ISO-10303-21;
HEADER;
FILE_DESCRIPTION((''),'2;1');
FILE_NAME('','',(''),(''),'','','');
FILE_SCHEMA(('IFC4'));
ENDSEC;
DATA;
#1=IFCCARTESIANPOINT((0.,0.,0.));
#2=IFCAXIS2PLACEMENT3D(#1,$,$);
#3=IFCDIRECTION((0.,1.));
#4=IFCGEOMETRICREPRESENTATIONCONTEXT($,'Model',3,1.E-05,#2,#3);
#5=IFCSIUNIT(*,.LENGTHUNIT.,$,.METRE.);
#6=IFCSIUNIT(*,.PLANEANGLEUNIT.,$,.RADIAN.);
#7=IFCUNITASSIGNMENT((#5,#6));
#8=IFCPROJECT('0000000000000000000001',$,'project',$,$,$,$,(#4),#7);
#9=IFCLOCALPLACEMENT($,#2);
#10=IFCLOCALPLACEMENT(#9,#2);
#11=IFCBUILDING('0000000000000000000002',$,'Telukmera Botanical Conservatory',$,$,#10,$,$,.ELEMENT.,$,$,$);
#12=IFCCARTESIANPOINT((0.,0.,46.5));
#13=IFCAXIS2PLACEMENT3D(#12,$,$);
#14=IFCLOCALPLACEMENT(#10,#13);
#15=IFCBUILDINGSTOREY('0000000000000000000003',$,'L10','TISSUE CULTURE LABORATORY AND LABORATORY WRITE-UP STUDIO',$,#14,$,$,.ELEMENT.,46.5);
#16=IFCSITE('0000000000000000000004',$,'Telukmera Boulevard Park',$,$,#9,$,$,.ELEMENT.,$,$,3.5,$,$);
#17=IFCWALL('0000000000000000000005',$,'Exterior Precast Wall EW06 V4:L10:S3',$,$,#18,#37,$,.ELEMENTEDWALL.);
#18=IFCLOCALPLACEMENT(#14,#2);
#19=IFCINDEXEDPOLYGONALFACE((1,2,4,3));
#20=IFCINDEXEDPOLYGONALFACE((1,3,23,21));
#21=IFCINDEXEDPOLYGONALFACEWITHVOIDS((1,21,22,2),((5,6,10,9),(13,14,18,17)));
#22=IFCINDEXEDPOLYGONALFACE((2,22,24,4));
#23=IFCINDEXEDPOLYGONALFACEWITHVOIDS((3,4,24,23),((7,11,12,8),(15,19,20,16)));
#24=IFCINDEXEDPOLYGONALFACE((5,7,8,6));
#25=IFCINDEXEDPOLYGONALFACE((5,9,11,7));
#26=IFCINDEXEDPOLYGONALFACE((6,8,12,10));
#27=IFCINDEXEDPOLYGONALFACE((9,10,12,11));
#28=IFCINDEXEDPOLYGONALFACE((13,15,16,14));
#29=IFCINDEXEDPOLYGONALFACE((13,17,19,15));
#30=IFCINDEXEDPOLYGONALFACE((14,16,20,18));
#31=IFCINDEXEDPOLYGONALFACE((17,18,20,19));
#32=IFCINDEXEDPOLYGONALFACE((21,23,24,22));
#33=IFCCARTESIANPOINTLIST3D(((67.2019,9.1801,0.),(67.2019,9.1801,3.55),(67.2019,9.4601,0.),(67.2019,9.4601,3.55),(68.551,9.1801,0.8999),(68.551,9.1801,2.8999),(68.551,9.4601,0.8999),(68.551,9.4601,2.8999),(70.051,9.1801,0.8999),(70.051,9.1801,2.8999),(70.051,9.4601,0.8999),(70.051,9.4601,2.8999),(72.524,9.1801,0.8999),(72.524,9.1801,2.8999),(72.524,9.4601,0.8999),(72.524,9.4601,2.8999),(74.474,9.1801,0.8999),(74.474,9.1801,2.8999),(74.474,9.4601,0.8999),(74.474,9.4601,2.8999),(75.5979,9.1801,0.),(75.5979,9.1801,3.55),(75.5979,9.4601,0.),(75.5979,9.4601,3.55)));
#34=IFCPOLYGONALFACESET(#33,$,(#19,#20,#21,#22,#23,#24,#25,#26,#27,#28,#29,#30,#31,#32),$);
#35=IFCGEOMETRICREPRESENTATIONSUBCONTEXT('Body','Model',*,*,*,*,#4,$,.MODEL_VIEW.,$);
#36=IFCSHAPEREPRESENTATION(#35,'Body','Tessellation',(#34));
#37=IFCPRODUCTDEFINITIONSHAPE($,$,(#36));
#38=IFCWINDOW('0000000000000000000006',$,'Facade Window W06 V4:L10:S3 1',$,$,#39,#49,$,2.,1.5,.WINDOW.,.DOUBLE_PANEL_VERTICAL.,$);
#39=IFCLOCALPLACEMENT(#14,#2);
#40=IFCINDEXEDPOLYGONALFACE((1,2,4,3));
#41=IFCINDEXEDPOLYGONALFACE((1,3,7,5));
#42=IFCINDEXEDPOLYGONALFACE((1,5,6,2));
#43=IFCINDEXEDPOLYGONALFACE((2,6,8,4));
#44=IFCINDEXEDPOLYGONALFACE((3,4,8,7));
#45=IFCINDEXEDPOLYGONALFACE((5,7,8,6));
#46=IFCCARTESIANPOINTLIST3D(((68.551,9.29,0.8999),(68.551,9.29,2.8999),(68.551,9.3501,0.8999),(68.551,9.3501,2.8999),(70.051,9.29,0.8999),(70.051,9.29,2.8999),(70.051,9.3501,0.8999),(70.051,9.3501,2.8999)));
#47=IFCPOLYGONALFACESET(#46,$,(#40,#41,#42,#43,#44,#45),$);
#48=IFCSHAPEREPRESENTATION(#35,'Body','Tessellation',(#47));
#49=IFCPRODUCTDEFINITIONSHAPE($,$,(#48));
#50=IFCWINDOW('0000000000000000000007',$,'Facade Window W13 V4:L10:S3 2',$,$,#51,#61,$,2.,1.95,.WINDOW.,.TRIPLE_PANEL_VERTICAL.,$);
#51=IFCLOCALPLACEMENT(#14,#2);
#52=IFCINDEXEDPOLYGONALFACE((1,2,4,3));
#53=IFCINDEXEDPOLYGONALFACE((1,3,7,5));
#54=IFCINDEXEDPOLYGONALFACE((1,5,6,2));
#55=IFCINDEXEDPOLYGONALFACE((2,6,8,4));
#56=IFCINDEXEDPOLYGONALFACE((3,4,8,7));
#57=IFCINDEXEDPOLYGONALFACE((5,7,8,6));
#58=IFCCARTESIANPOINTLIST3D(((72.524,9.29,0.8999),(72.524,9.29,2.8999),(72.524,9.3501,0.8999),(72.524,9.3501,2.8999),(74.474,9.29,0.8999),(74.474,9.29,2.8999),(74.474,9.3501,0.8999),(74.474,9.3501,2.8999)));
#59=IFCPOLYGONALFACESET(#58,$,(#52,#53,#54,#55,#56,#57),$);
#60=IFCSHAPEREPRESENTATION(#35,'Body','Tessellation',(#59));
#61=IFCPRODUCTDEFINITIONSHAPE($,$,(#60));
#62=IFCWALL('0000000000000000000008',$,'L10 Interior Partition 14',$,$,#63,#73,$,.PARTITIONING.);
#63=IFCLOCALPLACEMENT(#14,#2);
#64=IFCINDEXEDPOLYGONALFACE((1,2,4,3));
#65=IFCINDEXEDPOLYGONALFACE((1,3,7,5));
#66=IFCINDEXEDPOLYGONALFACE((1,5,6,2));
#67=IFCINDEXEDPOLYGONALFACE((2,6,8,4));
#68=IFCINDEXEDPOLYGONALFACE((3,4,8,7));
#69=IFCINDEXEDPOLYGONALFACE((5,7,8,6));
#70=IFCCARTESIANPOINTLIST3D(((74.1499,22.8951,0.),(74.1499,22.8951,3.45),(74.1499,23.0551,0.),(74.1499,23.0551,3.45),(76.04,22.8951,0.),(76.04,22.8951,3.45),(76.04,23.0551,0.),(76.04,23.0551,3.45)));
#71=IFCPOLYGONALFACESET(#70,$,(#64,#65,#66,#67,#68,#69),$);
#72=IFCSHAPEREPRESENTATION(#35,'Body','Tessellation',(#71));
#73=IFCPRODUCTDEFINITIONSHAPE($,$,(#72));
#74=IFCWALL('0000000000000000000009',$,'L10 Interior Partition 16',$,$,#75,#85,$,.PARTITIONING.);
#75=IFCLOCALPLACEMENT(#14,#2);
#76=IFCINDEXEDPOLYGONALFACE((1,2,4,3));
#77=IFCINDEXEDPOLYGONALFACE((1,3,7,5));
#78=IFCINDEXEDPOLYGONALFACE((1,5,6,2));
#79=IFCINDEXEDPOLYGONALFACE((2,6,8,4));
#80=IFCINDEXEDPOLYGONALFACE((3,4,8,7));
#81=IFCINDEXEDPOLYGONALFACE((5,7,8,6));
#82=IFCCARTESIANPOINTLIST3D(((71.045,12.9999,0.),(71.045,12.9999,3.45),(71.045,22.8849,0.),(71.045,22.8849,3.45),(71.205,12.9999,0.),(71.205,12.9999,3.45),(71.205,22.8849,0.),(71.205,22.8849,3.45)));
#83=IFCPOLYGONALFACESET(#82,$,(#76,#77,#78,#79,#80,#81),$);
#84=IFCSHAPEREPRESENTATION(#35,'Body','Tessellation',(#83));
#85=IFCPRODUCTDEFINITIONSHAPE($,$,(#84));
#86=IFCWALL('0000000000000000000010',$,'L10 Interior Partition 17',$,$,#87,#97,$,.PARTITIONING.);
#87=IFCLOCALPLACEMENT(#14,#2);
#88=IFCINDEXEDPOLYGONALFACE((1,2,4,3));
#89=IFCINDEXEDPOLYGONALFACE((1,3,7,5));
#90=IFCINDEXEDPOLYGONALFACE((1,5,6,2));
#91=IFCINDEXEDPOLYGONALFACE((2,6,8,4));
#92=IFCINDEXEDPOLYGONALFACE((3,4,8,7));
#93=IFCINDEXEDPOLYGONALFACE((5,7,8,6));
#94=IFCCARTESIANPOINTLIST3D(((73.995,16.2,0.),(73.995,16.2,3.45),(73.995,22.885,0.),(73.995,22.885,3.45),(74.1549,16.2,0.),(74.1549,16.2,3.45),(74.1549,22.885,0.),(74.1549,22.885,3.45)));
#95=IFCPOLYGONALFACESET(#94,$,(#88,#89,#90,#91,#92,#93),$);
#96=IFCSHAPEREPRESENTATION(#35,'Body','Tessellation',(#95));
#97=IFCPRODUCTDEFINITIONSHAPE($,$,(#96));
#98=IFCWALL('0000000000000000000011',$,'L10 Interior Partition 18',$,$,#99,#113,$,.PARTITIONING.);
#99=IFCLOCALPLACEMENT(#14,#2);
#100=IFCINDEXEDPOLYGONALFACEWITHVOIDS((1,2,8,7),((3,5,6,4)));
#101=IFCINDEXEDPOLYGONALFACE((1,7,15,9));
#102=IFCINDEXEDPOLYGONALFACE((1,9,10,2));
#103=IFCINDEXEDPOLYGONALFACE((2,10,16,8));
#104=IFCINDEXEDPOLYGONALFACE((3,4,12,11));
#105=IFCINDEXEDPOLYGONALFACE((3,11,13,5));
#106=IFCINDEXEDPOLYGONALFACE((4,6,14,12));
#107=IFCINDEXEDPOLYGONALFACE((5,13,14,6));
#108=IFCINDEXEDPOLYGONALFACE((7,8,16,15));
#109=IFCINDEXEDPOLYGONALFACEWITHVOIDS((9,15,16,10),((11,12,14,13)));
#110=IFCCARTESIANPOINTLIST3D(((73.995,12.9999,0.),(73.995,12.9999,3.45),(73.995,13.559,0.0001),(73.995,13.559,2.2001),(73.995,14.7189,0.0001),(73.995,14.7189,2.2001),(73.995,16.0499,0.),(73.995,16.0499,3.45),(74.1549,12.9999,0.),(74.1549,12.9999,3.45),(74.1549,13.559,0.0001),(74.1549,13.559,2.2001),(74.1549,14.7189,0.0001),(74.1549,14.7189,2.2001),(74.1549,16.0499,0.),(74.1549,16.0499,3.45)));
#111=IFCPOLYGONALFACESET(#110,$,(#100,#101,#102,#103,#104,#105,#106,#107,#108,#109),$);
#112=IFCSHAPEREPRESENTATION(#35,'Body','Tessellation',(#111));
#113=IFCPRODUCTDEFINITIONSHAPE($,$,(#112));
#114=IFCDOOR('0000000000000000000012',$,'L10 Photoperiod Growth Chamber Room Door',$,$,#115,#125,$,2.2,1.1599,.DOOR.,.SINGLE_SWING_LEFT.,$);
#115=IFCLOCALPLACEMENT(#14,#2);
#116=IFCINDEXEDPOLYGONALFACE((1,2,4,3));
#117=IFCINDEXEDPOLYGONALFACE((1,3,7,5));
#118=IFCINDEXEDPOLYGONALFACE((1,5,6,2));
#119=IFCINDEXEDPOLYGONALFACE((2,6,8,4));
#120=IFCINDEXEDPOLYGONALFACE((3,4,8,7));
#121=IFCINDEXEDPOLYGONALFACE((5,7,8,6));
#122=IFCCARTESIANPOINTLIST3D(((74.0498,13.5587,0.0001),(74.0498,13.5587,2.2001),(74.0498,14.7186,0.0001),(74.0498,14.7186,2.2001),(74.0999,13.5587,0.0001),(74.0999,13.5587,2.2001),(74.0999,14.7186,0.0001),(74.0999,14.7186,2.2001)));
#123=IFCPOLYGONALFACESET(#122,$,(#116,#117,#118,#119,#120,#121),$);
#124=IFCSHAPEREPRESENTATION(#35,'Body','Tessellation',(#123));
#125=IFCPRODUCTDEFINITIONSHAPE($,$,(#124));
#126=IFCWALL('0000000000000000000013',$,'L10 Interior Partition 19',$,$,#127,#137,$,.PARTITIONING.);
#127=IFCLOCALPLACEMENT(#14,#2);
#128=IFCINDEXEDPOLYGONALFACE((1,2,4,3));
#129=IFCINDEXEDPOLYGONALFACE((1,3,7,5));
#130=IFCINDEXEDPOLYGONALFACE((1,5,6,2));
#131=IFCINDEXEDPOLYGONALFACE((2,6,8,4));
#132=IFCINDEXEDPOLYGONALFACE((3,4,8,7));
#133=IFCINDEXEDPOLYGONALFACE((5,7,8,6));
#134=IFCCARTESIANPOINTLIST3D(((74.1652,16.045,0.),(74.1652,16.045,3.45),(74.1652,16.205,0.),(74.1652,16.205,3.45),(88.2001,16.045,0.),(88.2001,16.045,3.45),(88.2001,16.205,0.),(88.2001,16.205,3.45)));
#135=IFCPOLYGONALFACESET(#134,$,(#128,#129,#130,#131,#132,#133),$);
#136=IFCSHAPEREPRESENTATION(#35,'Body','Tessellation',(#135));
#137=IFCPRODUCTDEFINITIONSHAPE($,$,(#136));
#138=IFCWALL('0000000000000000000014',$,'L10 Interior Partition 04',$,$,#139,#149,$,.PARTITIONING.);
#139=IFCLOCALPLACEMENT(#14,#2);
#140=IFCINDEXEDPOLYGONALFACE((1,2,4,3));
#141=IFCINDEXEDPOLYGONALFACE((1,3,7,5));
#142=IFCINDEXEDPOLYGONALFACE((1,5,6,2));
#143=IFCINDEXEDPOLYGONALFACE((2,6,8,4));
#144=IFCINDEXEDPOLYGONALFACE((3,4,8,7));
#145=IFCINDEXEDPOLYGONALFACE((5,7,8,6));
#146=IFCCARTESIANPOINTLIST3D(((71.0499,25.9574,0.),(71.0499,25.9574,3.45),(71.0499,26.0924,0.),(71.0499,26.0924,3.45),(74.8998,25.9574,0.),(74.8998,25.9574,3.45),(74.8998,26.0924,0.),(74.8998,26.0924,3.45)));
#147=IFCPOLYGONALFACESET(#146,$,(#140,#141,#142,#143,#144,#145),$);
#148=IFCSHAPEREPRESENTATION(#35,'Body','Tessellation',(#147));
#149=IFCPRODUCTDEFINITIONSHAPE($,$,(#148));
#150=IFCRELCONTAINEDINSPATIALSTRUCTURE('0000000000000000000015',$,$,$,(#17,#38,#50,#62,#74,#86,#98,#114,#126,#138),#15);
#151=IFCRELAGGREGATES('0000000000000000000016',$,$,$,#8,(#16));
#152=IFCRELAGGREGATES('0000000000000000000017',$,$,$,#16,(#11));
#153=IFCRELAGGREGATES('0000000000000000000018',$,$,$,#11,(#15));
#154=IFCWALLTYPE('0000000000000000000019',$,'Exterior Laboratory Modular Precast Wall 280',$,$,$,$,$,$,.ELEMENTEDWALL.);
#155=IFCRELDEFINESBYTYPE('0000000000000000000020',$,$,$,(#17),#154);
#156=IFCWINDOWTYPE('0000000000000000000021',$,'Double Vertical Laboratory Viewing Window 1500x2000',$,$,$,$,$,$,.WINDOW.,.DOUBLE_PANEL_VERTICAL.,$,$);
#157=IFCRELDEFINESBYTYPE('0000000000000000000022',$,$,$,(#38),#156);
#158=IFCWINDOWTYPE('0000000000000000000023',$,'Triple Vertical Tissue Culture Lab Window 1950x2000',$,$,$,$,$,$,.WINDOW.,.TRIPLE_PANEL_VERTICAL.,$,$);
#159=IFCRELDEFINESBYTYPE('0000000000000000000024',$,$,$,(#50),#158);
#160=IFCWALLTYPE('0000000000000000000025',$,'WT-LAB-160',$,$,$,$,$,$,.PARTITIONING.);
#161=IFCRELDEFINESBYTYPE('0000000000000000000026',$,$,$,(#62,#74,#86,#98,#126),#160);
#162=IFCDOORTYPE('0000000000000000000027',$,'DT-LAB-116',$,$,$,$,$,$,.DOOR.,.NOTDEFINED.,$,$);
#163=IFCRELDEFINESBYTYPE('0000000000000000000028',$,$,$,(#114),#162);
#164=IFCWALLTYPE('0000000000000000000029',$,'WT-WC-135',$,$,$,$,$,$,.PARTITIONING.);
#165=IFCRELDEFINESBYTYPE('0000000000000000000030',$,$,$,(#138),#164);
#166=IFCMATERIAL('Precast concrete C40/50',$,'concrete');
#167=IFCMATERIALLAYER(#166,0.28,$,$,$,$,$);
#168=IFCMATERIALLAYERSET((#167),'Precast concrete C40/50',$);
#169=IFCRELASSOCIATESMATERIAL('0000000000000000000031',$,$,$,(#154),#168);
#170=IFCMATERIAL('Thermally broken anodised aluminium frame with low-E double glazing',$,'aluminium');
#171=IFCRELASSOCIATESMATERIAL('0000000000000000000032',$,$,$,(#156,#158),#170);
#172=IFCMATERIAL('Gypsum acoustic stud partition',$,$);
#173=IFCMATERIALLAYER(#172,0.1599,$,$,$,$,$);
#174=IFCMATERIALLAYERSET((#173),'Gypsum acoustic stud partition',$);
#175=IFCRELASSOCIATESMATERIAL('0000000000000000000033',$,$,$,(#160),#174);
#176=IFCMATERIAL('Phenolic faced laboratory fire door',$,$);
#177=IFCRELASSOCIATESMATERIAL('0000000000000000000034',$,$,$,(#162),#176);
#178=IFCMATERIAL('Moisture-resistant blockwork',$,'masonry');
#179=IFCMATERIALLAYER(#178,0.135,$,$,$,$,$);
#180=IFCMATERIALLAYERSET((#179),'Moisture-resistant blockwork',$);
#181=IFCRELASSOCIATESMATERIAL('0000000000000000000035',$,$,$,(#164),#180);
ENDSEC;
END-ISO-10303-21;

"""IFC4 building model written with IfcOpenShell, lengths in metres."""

from ifc_helpers import new_model, si_unit, direction, frame, frame_2d, origin, place, context, subcontext, project, spatial, rectangle, extrude, material, layer, layer_set, type_object, element, fill, save


model = new_model("IFC4")

# Units and contexts
model_context = context("Model", 3, precision=1e-05, world=origin(), true_north=direction((0.0, 1.0)))
body_context = subcontext(model_context, "Body", "Model", "MODEL_VIEW")
ifc_project = project(units=[si_unit("LENGTHUNIT", "METRE"), si_unit("PLANEANGLEUNIT", "RADIAN")], contexts=[model_context])

# Site, building, storey
site_placement = place(None, origin())
site = spatial("IfcSite", under=ifc_project, at=site_placement, Name="Telukmera Boulevard Park", CompositionType="ELEMENT", RefElevation=3.5)
building_placement = place(site_placement, origin())
building = spatial("IfcBuilding", under=site, at=building_placement, Name="Telukmera Botanical Conservatory", CompositionType="ELEMENT")
storey_placement = place(building_placement, frame((0.0, 0.0, 46.5)))
storey = spatial("IfcBuildingStorey", under=building, at=storey_placement, Name="L10", Description="TISSUE CULTURE LABORATORY AND LABORATORY WRITE-UP STUDIO", CompositionType="ELEMENT", Elevation=46.5)

# Shared definitions
ifc_material_1 = material(Name="Precast concrete C40/50", Category="concrete")

# Wall, openings, windows
ifc_layer_1 = layer(ifc_material_1, 0.28)
ifc_layer_set_1 = layer_set([ifc_layer_1], Name="Precast concrete C40/50")
wall_type_1 = type_object("IfcWallType", Name="Exterior Laboratory Modular Precast Wall 280", PredefinedType="ELEMENTEDWALL", material=ifc_layer_set_1)
wall_1_placement = place(storey_placement, frame((67.2019, 9.3201, 0.0), z_axis=(0.0, 0.0, 1.0), x_axis=(1.0, 0.0, 0.0)))
wall_1 = element("IfcWall", 1, at=wall_1_placement, inside=storey, type_object=wall_type_1, Name="Exterior Precast Wall EW06 V4:L10:S3", PredefinedType="ELEMENTEDWALL", context=body_context, shape_type="SweptSolid", body=[
    extrude(rectangle(XDim=8.396, YDim=0.28, at=frame_2d((4.198, 0.0))), origin(), (0.0, 0.0, 1.0), 3.55),
])
opening_1_placement = place(wall_1_placement, frame((1.3491, 0.0, 0.8999)))
opening_1 = element("IfcOpeningElement", 2, at=opening_1_placement, cuts=wall_1, PredefinedType="OPENING", context=body_context, shape_type="SweptSolid", body=[
    extrude(rectangle(XDim=1.5, YDim=2.0, at=frame_2d((0.75, 1.0))), frame((0.0, 0.1499, 0.0), z_axis=(0.0, -1.0, 0.0), x_axis=(1.0, 0.0, 0.0)), (0.0, 0.0, 1.0), 0.3),
])
opening_2_placement = place(wall_1_placement, frame((5.322, 0.0, 0.8999)))
opening_2 = element("IfcOpeningElement", 3, at=opening_2_placement, cuts=wall_1, PredefinedType="OPENING", context=body_context, shape_type="SweptSolid", body=[
    extrude(rectangle(XDim=1.95, YDim=2.0, at=frame_2d((0.9751, 1.0))), frame((0.0, 0.1499, 0.0), z_axis=(0.0, -1.0, 0.0), x_axis=(1.0, 0.0, 0.0)), (0.0, 0.0, 1.0), 0.3),
])
ifc_material_2 = material(Name="Thermally broken anodised aluminium frame with low-E double glazing", Category="aluminium")
window_type_1 = type_object("IfcWindowType", Name="Double Vertical Laboratory Viewing Window 1500x2000", PartitioningType="DOUBLE_PANEL_VERTICAL", PredefinedType="WINDOW", material=ifc_material_2)
window_1_placement = place(opening_1_placement, origin())
window_1 = element("IfcWindow", 4, at=window_1_placement, inside=storey, type_object=window_type_1, Name="Facade Window W06 V4:L10:S3 1", OverallHeight=2.0, OverallWidth=1.5, PartitioningType="DOUBLE_PANEL_VERTICAL", PredefinedType="WINDOW", context=body_context, shape_type="SweptSolid", body=[
    extrude(rectangle(XDim=1.5, YDim=2.0, at=frame_2d((0.75, 1.0))), frame((0.0, 0.03, 0.0), z_axis=(0.0, -1.0, 0.0), x_axis=(1.0, 0.0, 0.0)), (0.0, 0.0, 1.0), 0.0601),
])
fill(opening_1, window_1)
window_type_2 = type_object("IfcWindowType", Name="Triple Vertical Tissue Culture Lab Window 1950x2000", PartitioningType="TRIPLE_PANEL_VERTICAL", PredefinedType="WINDOW", material=ifc_material_2)
window_2_placement = place(opening_2_placement, origin())
window_2 = element("IfcWindow", 5, at=window_2_placement, inside=storey, type_object=window_type_2, Name="Facade Window W13 V4:L10:S3 2", OverallHeight=2.0, OverallWidth=1.95, PartitioningType="TRIPLE_PANEL_VERTICAL", PredefinedType="WINDOW", context=body_context, shape_type="SweptSolid", body=[
    extrude(rectangle(XDim=1.95, YDim=2.0, at=frame_2d((0.9751, 1.0))), frame((0.0, 0.03, 0.0), z_axis=(0.0, -1.0, 0.0), x_axis=(1.0, 0.0, 0.0)), (0.0, 0.0, 1.0), 0.0601),
])
fill(opening_2, window_2)

# Walls
ifc_material_3 = material(Name="Gypsum acoustic stud partition")
ifc_layer_2 = layer(ifc_material_3, 0.1599)
ifc_layer_set_2 = layer_set([ifc_layer_2], Name="Gypsum acoustic stud partition")
wall_type_2 = type_object("IfcWallType", Name="WT-LAB-160", PredefinedType="PARTITIONING", material=ifc_layer_set_2)
wall_2_placement = place(storey_placement, frame((74.1499, 22.9751, 0.0), z_axis=(0.0, 0.0, 1.0), x_axis=(1.0, 0.0, 0.0)))
element("IfcWall", 6, at=wall_2_placement, inside=storey, type_object=wall_type_2, Name="L10 Interior Partition 14", PredefinedType="PARTITIONING", context=body_context, shape_type="SweptSolid", body=[
    extrude(rectangle(XDim=1.8901, YDim=0.1599, at=frame_2d((0.9451, 0.0))), origin(), (0.0, 0.0, 1.0), 3.45),
])
wall_3_placement = place(storey_placement, frame((71.125, 13.0, 0.0), z_axis=(0.0, 0.0, 1.0), x_axis=(0.0, 1.0, 0.0)))
element("IfcWall", 7, at=wall_3_placement, inside=storey, type_object=wall_type_2, Name="L10 Interior Partition 16", PredefinedType="PARTITIONING", context=body_context, shape_type="SweptSolid", body=[
    extrude(rectangle(XDim=9.885, YDim=0.1599, at=frame_2d((4.9424, 0.0))), origin(), (0.0, 0.0, 1.0), 3.45),
])
wall_4_placement = place(storey_placement, frame((74.075, 16.2, 0.0), z_axis=(0.0, 0.0, 1.0), x_axis=(0.0, 1.0, 0.0)))
element("IfcWall", 8, at=wall_4_placement, inside=storey, type_object=wall_type_2, Name="L10 Interior Partition 17", PredefinedType="PARTITIONING", context=body_context, shape_type="SweptSolid", body=[
    extrude(rectangle(XDim=6.6851, YDim=0.1599, at=frame_2d((3.3425, 0.0))), origin(), (0.0, 0.0, 1.0), 3.45),
])

# Wall, opening, door
wall_5_placement = place(storey_placement, frame((74.075, 13.0, 0.0), z_axis=(0.0, 0.0, 1.0), x_axis=(0.0, 1.0, 0.0)))
wall_5 = element("IfcWall", 9, at=wall_5_placement, inside=storey, type_object=wall_type_2, Name="L10 Interior Partition 18", PredefinedType="PARTITIONING", context=body_context, shape_type="SweptSolid", body=[
    extrude(rectangle(XDim=3.05, YDim=0.1599, at=frame_2d((1.5249, 0.0))), origin(), (0.0, 0.0, 1.0), 3.45),
])
opening_3_placement = place(wall_5_placement, frame((0.5588, 0.0, 0.0)))
opening_3 = element("IfcOpeningElement", 10, at=opening_3_placement, cuts=wall_5, PredefinedType="OPENING", context=body_context, shape_type="SweptSolid", body=[
    extrude(rectangle(XDim=1.1599, YDim=2.2, at=frame_2d((0.5801, 1.1001))), frame((0.0, 0.0898, 0.0), z_axis=(0.0, -1.0, 0.0), x_axis=(1.0, 0.0, 0.0)), (0.0, 0.0, 1.0), 0.1799),
])
ifc_material_4 = material(Name="Phenolic faced laboratory fire door")
door_type = type_object("IfcDoorType", Name="DT-LAB-116", OperationType="NOTDEFINED", PredefinedType="DOOR", material=ifc_material_4)
door_placement = place(opening_3_placement, frame((1.1599, 0.0, 0.0), z_axis=(0.0, 0.0, 1.0), x_axis=(-1.0, 0.0, 0.0)))
door = element("IfcDoor", 11, at=door_placement, inside=storey, type_object=door_type, Name="L10 Photoperiod Growth Chamber Room Door", OperationType="SINGLE_SWING_LEFT", OverallHeight=2.2, OverallWidth=1.1599, PredefinedType="DOOR", context=body_context, shape_type="SweptSolid", body=[
    extrude(rectangle(XDim=1.1599, YDim=2.2, at=frame_2d((0.5801, 1.1001))), frame((0.0, 0.0249, 0.0), z_axis=(0.0, -1.0, 0.0), x_axis=(1.0, 0.0, 0.0)), (0.0, 0.0, 1.0), 0.05),
])
fill(opening_3, door)

# Walls
wall_6_placement = place(storey_placement, frame((74.165, 16.125, 0.0), z_axis=(0.0, 0.0, 1.0), x_axis=(1.0, 0.0, 0.0)))
element("IfcWall", 12, at=wall_6_placement, inside=storey, type_object=wall_type_2, Name="L10 Interior Partition 19", PredefinedType="PARTITIONING", context=body_context, shape_type="SweptSolid", body=[
    extrude(rectangle(XDim=14.0349, YDim=0.1599, at=frame_2d((7.0176, 0.0))), origin(), (0.0, 0.0, 1.0), 3.45),
])
ifc_material_5 = material(Name="Moisture-resistant blockwork", Category="masonry")
ifc_layer_3 = layer(ifc_material_5, 0.135)
ifc_layer_set_3 = layer_set([ifc_layer_3], Name="Moisture-resistant blockwork")
wall_type_3 = type_object("IfcWallType", Name="WT-WC-135", PredefinedType="PARTITIONING", material=ifc_layer_set_3)
wall_7_placement = place(storey_placement, frame((71.05, 26.0249, 0.0), z_axis=(0.0, 0.0, 1.0), x_axis=(1.0, 0.0, 0.0)))
element("IfcWall", 13, at=wall_7_placement, inside=storey, type_object=wall_type_3, Name="L10 Interior Partition 04", PredefinedType="PARTITIONING", context=body_context, shape_type="SweptSolid", body=[
    extrude(rectangle(XDim=3.8499, YDim=0.135, at=frame_2d((1.9248, 0.0))), origin(), (0.0, 0.0, 1.0), 3.45),
])

save(model, "model.ifc")
